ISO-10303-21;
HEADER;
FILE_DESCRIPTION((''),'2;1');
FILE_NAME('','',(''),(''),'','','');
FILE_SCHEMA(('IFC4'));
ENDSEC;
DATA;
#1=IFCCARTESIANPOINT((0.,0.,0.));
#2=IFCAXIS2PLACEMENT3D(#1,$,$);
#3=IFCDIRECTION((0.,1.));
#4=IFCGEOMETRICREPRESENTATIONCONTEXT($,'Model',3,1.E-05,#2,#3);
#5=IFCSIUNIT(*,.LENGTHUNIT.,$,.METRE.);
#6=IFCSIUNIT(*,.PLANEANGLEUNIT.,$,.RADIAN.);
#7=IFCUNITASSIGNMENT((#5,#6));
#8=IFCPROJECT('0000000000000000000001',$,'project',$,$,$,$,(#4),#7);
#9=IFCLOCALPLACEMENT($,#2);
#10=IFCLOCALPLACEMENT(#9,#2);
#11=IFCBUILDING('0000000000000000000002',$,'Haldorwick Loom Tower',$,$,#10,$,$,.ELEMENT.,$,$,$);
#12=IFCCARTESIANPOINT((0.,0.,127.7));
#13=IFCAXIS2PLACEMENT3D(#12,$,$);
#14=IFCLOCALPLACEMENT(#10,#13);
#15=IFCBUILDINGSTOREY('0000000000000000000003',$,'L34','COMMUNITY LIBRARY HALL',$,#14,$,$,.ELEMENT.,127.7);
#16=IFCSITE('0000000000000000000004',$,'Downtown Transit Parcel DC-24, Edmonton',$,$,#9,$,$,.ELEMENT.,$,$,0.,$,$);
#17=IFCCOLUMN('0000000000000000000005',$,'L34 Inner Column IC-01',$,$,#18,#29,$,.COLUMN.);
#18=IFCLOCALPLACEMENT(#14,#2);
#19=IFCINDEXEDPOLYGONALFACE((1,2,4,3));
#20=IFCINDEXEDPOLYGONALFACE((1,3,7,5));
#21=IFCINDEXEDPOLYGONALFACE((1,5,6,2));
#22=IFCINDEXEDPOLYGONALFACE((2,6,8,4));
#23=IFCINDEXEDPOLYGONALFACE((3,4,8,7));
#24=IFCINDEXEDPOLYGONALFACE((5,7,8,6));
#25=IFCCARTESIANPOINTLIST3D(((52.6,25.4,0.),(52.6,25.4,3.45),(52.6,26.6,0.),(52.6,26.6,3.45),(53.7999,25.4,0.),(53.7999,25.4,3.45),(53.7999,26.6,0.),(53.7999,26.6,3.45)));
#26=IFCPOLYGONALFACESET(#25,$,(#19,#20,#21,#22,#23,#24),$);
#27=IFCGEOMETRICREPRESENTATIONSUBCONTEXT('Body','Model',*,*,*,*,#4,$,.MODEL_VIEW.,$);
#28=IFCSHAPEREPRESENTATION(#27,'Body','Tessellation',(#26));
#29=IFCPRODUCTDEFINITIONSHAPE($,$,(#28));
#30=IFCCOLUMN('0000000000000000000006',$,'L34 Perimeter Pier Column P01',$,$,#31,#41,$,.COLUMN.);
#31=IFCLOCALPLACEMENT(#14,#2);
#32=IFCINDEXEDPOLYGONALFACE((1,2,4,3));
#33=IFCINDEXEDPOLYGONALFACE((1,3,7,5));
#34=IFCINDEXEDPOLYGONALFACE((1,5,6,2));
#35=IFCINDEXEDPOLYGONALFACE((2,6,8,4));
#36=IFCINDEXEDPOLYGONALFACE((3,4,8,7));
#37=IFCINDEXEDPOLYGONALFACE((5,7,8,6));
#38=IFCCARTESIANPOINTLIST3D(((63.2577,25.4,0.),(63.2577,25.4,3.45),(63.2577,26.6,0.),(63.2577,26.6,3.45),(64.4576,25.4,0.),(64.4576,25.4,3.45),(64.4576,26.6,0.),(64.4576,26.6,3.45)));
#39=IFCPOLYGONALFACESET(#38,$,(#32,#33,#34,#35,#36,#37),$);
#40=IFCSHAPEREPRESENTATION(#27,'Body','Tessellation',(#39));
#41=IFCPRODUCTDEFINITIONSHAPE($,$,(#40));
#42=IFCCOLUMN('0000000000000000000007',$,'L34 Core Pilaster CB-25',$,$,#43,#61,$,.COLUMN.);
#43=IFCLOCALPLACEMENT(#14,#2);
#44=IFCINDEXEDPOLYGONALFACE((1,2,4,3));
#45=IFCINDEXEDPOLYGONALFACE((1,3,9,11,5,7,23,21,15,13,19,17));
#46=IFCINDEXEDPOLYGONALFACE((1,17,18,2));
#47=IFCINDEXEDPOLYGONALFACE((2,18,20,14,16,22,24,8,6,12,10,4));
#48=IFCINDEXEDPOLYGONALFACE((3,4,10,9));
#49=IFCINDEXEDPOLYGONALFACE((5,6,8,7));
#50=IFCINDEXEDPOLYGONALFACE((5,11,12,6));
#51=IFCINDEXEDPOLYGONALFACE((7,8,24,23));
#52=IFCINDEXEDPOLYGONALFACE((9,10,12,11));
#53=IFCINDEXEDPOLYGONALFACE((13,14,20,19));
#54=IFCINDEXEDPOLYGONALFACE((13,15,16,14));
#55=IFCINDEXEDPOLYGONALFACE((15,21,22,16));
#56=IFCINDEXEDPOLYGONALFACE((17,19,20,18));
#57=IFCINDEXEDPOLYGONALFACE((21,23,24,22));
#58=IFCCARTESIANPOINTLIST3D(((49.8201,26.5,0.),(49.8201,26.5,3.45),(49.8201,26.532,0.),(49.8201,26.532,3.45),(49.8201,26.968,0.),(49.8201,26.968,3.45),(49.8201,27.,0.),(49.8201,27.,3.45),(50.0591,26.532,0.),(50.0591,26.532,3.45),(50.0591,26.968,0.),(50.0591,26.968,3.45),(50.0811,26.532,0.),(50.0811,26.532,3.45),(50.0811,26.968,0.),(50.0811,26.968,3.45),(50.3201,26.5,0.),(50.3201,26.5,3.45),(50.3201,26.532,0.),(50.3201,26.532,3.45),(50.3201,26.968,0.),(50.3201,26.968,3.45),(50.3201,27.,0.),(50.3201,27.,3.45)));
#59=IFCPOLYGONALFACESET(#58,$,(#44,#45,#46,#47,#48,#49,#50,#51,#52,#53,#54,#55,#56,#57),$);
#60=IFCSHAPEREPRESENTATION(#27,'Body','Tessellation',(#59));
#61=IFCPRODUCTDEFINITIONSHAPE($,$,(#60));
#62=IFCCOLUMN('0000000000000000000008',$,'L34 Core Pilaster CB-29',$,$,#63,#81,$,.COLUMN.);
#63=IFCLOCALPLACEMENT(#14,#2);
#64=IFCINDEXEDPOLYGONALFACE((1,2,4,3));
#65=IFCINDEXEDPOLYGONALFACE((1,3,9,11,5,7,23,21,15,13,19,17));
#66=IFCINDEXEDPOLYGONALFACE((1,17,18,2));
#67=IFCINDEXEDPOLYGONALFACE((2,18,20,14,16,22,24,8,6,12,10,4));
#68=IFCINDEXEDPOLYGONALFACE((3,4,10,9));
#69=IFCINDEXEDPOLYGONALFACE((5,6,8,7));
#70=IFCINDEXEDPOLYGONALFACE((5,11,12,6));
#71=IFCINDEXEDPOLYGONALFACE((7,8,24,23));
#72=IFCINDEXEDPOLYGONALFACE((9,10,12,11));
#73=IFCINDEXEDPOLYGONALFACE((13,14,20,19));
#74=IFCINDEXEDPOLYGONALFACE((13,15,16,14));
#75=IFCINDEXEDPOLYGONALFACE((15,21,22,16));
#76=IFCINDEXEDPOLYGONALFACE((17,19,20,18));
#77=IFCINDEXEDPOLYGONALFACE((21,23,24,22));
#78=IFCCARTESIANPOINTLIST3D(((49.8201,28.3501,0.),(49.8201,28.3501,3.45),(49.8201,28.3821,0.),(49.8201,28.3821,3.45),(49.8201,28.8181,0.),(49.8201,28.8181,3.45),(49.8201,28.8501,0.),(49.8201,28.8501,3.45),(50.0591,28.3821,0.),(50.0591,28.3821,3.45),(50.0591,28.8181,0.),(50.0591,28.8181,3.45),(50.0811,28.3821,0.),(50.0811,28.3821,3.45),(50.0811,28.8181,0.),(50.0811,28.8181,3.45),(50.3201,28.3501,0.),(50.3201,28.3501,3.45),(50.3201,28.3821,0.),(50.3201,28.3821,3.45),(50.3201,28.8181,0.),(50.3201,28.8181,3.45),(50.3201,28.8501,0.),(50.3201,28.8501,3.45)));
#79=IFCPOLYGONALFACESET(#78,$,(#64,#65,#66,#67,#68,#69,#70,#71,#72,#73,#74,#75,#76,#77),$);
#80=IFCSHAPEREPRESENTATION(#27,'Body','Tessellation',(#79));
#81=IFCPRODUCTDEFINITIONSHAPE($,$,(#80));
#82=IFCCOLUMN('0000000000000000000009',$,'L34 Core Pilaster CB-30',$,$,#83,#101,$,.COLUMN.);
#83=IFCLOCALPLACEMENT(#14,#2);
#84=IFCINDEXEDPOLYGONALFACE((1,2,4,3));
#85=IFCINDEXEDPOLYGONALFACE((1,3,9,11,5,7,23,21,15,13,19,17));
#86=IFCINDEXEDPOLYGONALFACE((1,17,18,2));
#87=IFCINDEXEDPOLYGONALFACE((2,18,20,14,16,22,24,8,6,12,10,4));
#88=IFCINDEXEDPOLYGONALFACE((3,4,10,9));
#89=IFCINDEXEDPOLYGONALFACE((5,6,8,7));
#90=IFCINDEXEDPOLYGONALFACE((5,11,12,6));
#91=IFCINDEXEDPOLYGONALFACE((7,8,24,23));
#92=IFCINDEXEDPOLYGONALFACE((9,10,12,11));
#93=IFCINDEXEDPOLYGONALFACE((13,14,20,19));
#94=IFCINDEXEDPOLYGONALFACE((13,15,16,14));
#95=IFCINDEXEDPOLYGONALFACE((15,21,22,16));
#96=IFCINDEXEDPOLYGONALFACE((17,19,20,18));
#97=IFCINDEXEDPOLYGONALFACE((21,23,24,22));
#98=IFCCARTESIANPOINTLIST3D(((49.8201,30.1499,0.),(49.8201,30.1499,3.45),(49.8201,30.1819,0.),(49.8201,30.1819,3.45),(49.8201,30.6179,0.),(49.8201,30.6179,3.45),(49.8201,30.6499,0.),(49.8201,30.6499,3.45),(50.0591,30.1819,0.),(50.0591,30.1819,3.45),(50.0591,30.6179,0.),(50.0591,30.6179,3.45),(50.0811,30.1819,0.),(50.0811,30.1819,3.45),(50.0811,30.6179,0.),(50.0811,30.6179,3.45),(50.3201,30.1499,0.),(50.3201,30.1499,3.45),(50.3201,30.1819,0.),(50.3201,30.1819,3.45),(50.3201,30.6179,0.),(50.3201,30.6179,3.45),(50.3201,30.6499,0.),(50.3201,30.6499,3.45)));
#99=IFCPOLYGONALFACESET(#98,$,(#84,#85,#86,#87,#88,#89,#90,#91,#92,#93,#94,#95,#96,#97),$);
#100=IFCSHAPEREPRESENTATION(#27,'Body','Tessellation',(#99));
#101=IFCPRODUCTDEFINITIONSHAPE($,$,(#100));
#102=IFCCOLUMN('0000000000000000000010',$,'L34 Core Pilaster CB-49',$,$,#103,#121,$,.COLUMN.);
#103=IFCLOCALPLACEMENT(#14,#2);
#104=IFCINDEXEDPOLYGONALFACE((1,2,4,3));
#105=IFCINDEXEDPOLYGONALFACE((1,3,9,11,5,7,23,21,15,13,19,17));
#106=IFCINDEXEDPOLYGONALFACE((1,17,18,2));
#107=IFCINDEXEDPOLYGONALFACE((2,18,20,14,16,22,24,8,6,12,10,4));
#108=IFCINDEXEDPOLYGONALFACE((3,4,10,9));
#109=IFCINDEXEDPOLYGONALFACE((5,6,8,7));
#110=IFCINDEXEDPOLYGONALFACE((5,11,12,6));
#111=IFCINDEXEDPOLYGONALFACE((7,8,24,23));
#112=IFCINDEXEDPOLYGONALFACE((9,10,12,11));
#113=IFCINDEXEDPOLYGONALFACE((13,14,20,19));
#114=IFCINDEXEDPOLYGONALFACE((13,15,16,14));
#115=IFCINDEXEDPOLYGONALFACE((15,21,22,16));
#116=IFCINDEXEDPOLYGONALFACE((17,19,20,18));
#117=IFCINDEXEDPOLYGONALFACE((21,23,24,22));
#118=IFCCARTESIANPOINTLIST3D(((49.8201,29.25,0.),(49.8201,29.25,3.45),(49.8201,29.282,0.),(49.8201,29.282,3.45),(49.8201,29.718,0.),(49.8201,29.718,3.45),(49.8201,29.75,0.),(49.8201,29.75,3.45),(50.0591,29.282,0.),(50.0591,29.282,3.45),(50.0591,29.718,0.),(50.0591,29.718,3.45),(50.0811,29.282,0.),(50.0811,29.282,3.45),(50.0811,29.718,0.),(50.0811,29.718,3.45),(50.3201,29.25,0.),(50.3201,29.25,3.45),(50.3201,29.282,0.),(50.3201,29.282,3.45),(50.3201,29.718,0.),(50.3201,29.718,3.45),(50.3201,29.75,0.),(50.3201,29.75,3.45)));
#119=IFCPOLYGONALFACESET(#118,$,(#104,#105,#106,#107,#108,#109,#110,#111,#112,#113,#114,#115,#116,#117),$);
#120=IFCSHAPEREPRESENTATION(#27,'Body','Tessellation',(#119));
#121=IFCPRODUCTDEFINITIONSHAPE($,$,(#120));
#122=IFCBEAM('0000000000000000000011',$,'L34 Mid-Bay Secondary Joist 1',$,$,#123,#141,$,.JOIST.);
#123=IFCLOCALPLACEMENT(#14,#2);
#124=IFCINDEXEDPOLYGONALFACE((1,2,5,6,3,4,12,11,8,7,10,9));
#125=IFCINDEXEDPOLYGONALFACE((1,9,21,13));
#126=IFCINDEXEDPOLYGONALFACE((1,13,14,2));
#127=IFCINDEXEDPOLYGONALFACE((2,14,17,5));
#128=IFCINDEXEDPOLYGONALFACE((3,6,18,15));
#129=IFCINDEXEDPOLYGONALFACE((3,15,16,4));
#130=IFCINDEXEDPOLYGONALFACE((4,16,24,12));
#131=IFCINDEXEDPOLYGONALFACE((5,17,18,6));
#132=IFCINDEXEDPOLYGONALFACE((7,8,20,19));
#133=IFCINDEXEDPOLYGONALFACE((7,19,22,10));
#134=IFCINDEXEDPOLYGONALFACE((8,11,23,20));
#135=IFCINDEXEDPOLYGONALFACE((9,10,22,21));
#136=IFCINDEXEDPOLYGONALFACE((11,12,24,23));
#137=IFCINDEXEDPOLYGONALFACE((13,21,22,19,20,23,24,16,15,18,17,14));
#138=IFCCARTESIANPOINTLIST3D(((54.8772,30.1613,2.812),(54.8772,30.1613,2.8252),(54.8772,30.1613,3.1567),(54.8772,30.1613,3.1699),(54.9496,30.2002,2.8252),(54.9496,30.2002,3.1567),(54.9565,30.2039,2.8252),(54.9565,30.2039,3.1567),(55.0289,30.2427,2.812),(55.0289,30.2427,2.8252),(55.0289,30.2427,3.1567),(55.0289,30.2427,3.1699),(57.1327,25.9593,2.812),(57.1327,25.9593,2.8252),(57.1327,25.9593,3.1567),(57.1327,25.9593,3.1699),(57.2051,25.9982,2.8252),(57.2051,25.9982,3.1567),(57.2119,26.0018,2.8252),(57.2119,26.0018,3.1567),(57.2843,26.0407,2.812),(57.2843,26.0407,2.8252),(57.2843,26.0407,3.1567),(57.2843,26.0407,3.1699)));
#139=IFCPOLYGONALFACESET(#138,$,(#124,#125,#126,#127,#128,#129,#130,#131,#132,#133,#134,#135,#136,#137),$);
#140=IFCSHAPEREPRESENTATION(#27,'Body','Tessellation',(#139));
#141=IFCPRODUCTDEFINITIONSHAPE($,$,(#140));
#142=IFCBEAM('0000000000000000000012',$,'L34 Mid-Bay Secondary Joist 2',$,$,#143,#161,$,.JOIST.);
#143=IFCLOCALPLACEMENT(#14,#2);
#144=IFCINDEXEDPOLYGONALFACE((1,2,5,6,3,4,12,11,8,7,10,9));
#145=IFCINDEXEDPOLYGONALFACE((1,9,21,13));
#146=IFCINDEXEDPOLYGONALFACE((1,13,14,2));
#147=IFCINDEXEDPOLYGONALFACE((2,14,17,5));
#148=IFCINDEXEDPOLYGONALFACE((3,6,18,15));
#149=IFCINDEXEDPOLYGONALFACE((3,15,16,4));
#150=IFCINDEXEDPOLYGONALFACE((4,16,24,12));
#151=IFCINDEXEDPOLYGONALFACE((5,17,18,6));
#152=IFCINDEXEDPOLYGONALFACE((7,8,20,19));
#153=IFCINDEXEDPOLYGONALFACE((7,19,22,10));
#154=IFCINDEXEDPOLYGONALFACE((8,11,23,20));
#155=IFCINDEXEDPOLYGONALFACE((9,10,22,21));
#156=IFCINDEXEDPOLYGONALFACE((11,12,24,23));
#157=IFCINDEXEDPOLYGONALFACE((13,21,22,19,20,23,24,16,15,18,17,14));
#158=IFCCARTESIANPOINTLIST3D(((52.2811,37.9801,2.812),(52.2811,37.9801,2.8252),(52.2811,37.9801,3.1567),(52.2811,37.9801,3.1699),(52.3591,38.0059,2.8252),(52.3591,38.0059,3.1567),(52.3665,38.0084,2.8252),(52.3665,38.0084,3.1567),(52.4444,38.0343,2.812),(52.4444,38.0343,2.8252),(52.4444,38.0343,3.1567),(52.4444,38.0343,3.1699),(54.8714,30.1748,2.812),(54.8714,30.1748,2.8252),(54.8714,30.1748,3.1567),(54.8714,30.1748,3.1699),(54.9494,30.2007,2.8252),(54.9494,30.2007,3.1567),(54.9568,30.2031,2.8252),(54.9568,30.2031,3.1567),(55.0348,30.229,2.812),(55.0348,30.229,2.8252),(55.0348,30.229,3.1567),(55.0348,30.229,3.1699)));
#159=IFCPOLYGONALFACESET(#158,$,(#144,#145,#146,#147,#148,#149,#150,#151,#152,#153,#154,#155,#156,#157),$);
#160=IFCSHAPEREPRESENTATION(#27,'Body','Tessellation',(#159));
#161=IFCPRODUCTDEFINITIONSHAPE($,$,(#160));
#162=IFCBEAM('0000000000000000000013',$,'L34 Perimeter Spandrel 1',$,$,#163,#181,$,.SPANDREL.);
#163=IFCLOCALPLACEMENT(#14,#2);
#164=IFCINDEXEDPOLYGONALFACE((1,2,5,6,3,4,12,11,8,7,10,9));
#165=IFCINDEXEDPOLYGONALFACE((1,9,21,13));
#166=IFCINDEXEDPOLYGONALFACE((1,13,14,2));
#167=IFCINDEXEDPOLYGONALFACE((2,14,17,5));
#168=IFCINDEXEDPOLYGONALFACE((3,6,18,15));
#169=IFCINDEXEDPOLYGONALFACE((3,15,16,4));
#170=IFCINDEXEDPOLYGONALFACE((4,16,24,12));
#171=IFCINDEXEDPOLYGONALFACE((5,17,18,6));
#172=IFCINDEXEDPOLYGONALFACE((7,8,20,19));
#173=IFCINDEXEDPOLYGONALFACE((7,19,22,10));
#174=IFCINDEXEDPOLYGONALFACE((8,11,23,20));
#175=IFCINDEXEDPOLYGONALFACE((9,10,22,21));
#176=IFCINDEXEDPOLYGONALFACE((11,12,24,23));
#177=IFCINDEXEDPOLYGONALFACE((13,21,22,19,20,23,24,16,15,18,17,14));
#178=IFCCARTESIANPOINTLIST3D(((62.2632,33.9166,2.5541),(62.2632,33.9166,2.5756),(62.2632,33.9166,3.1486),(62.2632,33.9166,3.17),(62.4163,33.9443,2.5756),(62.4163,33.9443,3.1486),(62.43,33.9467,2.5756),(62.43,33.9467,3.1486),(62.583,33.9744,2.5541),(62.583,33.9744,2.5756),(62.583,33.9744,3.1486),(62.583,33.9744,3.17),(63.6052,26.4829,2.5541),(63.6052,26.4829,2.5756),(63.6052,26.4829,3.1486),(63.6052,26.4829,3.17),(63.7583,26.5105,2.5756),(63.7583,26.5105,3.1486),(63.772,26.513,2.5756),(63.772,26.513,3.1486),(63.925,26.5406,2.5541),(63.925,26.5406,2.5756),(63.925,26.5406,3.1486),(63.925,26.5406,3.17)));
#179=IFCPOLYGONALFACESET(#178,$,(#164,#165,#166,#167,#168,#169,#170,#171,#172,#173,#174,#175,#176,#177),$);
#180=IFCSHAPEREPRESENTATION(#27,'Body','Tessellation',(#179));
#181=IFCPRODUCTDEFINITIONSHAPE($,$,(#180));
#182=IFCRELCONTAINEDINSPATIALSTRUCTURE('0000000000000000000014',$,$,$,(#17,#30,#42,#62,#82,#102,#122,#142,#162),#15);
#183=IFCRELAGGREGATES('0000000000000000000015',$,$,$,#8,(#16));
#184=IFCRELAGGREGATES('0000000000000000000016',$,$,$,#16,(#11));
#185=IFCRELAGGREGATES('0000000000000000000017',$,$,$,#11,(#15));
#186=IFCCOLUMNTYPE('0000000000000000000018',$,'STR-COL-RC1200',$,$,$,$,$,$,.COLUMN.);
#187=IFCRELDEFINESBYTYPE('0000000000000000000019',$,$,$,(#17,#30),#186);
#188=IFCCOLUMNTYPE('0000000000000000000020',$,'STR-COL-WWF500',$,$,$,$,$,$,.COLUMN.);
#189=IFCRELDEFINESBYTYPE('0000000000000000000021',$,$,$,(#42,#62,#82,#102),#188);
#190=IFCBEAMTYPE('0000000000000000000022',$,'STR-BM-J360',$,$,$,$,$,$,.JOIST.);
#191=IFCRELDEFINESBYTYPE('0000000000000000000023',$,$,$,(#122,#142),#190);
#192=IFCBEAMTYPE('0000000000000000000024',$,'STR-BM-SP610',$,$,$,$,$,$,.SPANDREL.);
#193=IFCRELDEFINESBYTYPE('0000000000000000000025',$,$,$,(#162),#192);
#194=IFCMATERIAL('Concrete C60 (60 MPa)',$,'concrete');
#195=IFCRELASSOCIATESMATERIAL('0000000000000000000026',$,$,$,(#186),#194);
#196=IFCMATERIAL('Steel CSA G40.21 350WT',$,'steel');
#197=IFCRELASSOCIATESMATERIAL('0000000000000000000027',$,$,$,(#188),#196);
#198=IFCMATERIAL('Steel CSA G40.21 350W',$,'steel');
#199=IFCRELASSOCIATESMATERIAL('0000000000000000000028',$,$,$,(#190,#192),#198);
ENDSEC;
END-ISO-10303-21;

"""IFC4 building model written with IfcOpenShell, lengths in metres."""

from ifc_helpers import new_model, si_unit, direction, frame, origin, origin_2d, place, context, subcontext, project, spatial, rectangle, i_section, extrude, material, material_profile, profile_set, type_object, element, save


model = new_model("IFC4")

# Units and contexts
model_context = context("Model", 3, precision=1e-05, world=origin(), true_north=direction((0.0, 1.0)))
body_context = subcontext(model_context, "Body", "Model", "MODEL_VIEW")
ifc_project = project(units=[si_unit("LENGTHUNIT", "METRE"), si_unit("PLANEANGLEUNIT", "RADIAN")], contexts=[model_context])

# Site, building, storey
site_placement = place(None, origin())
site = spatial("IfcSite", under=ifc_project, at=site_placement, Name="Downtown Transit Parcel DC-24, Edmonton", CompositionType="ELEMENT", RefElevation=0.0)
building_placement = place(site_placement, origin())
building = spatial("IfcBuilding", under=site, at=building_placement, Name="Haldorwick Loom Tower", CompositionType="ELEMENT")
storey_placement = place(building_placement, frame((0.0, 0.0, 127.7)))
storey = spatial("IfcBuildingStorey", under=building, at=storey_placement, Name="L34", Description="COMMUNITY LIBRARY HALL", CompositionType="ELEMENT", Elevation=127.7)

# Columns
ifc_material_1 = material(Name="Concrete C60 (60 MPa)", Category="concrete")
ifc_material_profile_1 = material_profile(ifc_material_1, rectangle(XDim=1.2, YDim=1.2, at=origin_2d()), Name="RC1200X1200", Category="concrete")
ifc_profile_set_1 = profile_set([ifc_material_profile_1], Name="Concrete C60 (60 MPa)")
column_type_1 = type_object("IfcColumnType", Name="STR-COL-RC1200", PredefinedType="COLUMN", material=ifc_profile_set_1)
for number, where, z_axis, x_axis, name in (
    (1, (53.2, 26.0, 0.0), (0.0, 0.0, 1.0), (1.0, 0.0, 0.0), "L34 Inner Column IC-01"),
    (2, (63.8577, 26.0, 0.0), (0.0, 0.0, 1.0), (1.0, 0.0, 0.0), "L34 Perimeter Pier Column P01"),
):
    element("IfcColumn", number, at=place(storey_placement, frame(where, z_axis=z_axis, x_axis=x_axis)), inside=storey, type_object=column_type_1, Name=name, PredefinedType="COLUMN", context=body_context, shape_type="SweptSolid", body=[
        extrude(rectangle(XDim=1.2, YDim=1.2, at=origin_2d()), origin(), (0.0, 0.0, 1.0), 3.45),
    ])
ifc_material_2 = material(Name="Steel CSA G40.21 350WT", Category="steel")
ifc_material_profile_2 = material_profile(ifc_material_2, i_section(OverallWidth=0.5, OverallDepth=0.5, WebThickness=0.022, FlangeThickness=0.032, at=origin_2d()), Name="WWF500X500", Category="steel")
ifc_profile_set_2 = profile_set([ifc_material_profile_2], Name="Steel CSA G40.21 350WT")
column_type_2 = type_object("IfcColumnType", Name="STR-COL-WWF500", PredefinedType="COLUMN", material=ifc_profile_set_2)
for number, where, z_axis, x_axis, name in (
    (3, (50.0701, 26.75, 0.0), (0.0, 0.0, 1.0), (1.0, 0.0, 0.0), "L34 Core Pilaster CB-25"),
    (4, (50.0701, 28.6001, 0.0), (0.0, 0.0, 1.0), (1.0, 0.0, 0.0), "L34 Core Pilaster CB-29"),
    (5, (50.0701, 30.3999, 0.0), (0.0, 0.0, 1.0), (1.0, 0.0, 0.0), "L34 Core Pilaster CB-30"),
    (6, (50.0701, 29.5, 0.0), (0.0, 0.0, 1.0), (1.0, 0.0, 0.0), "L34 Core Pilaster CB-49"),
):
    element("IfcColumn", number, at=place(storey_placement, frame(where, z_axis=z_axis, x_axis=x_axis)), inside=storey, type_object=column_type_2, Name=name, PredefinedType="COLUMN", context=body_context, shape_type="SweptSolid", body=[
        extrude(i_section(OverallWidth=0.5, OverallDepth=0.5, WebThickness=0.022, FlangeThickness=0.032, at=origin_2d()), origin(), (0.0, 0.0, 1.0), 3.45),
    ])

# Beams
ifc_material_3 = material(Name="Steel CSA G40.21 350W", Category="steel")
ifc_material_profile_3 = material_profile(ifc_material_3, i_section(OverallWidth=0.1721, OverallDepth=0.3579, WebThickness=0.0078, FlangeThickness=0.0132, at=origin_2d()), Name="W360X57", Category="steel")
ifc_profile_set_3 = profile_set([ifc_material_profile_3], Name="Steel CSA G40.21 350W")
beam_type_1 = type_object("IfcBeamType", Name="STR-BM-J360", PredefinedType="JOIST", material=ifc_profile_set_3)
beam_1_placement = place(storey_placement, frame((57.2085, 26.0, 2.991), z_axis=(-0.47293, 0.8811, 0.0), x_axis=(-0.8811, -0.47293, 0.0)))
element("IfcBeam", 7, at=beam_1_placement, inside=storey, type_object=beam_type_1, Name="L34 Mid-Bay Secondary Joist 1", PredefinedType="JOIST", context=body_context, shape_type="SweptSolid", body=[
    extrude(i_section(OverallWidth=0.1721, OverallDepth=0.3579, WebThickness=0.0078, FlangeThickness=0.0132, at=origin_2d()), origin(), (0.0, 0.0, 1.0), 4.769),
])
beam_2_placement = place(storey_placement, frame((54.9531, 30.2019, 2.991), z_axis=(-0.314981, 0.949098, 0.0), x_axis=(-0.949098, -0.314981, 0.0)))
element("IfcBeam", 8, at=beam_2_placement, inside=storey, type_object=beam_type_1, Name="L34 Mid-Bay Secondary Joist 2", PredefinedType="JOIST", context=body_context, shape_type="SweptSolid", body=[
    extrude(i_section(OverallWidth=0.1721, OverallDepth=0.3579, WebThickness=0.0078, FlangeThickness=0.0132, at=origin_2d()), origin(), (0.0, 0.0, 1.0), 8.2239),
])
ifc_material_profile_4 = material_profile(ifc_material_3, i_section(OverallWidth=0.325, OverallDepth=0.616, WebThickness=0.0139, FlangeThickness=0.0215, at=origin_2d()), Name="W610X174", Category="steel")
ifc_profile_set_4 = profile_set([ifc_material_profile_4], Name="Steel CSA G40.21 350W")
beam_type_2 = type_object("IfcBeamType", Name="STR-BM-SP610", PredefinedType="SPANDREL", material=ifc_profile_set_4)
beam_3_placement = place(storey_placement, frame((63.7651, 26.5117, 2.8621), z_axis=(-0.177659, 0.984092, 0.0), x_axis=(-0.984092, -0.177659, 0.0)))
element("IfcBeam", 9, at=beam_3_placement, inside=storey, type_object=beam_type_2, Name="L34 Perimeter Spandrel 1", PredefinedType="SPANDREL", context=body_context, shape_type="SweptSolid", body=[
    extrude(i_section(OverallWidth=0.325, OverallDepth=0.616, WebThickness=0.0139, FlangeThickness=0.0215, at=origin_2d()), origin(), (0.0, 0.0, 1.0), 7.554),
])

save(model, "model.ifc")
